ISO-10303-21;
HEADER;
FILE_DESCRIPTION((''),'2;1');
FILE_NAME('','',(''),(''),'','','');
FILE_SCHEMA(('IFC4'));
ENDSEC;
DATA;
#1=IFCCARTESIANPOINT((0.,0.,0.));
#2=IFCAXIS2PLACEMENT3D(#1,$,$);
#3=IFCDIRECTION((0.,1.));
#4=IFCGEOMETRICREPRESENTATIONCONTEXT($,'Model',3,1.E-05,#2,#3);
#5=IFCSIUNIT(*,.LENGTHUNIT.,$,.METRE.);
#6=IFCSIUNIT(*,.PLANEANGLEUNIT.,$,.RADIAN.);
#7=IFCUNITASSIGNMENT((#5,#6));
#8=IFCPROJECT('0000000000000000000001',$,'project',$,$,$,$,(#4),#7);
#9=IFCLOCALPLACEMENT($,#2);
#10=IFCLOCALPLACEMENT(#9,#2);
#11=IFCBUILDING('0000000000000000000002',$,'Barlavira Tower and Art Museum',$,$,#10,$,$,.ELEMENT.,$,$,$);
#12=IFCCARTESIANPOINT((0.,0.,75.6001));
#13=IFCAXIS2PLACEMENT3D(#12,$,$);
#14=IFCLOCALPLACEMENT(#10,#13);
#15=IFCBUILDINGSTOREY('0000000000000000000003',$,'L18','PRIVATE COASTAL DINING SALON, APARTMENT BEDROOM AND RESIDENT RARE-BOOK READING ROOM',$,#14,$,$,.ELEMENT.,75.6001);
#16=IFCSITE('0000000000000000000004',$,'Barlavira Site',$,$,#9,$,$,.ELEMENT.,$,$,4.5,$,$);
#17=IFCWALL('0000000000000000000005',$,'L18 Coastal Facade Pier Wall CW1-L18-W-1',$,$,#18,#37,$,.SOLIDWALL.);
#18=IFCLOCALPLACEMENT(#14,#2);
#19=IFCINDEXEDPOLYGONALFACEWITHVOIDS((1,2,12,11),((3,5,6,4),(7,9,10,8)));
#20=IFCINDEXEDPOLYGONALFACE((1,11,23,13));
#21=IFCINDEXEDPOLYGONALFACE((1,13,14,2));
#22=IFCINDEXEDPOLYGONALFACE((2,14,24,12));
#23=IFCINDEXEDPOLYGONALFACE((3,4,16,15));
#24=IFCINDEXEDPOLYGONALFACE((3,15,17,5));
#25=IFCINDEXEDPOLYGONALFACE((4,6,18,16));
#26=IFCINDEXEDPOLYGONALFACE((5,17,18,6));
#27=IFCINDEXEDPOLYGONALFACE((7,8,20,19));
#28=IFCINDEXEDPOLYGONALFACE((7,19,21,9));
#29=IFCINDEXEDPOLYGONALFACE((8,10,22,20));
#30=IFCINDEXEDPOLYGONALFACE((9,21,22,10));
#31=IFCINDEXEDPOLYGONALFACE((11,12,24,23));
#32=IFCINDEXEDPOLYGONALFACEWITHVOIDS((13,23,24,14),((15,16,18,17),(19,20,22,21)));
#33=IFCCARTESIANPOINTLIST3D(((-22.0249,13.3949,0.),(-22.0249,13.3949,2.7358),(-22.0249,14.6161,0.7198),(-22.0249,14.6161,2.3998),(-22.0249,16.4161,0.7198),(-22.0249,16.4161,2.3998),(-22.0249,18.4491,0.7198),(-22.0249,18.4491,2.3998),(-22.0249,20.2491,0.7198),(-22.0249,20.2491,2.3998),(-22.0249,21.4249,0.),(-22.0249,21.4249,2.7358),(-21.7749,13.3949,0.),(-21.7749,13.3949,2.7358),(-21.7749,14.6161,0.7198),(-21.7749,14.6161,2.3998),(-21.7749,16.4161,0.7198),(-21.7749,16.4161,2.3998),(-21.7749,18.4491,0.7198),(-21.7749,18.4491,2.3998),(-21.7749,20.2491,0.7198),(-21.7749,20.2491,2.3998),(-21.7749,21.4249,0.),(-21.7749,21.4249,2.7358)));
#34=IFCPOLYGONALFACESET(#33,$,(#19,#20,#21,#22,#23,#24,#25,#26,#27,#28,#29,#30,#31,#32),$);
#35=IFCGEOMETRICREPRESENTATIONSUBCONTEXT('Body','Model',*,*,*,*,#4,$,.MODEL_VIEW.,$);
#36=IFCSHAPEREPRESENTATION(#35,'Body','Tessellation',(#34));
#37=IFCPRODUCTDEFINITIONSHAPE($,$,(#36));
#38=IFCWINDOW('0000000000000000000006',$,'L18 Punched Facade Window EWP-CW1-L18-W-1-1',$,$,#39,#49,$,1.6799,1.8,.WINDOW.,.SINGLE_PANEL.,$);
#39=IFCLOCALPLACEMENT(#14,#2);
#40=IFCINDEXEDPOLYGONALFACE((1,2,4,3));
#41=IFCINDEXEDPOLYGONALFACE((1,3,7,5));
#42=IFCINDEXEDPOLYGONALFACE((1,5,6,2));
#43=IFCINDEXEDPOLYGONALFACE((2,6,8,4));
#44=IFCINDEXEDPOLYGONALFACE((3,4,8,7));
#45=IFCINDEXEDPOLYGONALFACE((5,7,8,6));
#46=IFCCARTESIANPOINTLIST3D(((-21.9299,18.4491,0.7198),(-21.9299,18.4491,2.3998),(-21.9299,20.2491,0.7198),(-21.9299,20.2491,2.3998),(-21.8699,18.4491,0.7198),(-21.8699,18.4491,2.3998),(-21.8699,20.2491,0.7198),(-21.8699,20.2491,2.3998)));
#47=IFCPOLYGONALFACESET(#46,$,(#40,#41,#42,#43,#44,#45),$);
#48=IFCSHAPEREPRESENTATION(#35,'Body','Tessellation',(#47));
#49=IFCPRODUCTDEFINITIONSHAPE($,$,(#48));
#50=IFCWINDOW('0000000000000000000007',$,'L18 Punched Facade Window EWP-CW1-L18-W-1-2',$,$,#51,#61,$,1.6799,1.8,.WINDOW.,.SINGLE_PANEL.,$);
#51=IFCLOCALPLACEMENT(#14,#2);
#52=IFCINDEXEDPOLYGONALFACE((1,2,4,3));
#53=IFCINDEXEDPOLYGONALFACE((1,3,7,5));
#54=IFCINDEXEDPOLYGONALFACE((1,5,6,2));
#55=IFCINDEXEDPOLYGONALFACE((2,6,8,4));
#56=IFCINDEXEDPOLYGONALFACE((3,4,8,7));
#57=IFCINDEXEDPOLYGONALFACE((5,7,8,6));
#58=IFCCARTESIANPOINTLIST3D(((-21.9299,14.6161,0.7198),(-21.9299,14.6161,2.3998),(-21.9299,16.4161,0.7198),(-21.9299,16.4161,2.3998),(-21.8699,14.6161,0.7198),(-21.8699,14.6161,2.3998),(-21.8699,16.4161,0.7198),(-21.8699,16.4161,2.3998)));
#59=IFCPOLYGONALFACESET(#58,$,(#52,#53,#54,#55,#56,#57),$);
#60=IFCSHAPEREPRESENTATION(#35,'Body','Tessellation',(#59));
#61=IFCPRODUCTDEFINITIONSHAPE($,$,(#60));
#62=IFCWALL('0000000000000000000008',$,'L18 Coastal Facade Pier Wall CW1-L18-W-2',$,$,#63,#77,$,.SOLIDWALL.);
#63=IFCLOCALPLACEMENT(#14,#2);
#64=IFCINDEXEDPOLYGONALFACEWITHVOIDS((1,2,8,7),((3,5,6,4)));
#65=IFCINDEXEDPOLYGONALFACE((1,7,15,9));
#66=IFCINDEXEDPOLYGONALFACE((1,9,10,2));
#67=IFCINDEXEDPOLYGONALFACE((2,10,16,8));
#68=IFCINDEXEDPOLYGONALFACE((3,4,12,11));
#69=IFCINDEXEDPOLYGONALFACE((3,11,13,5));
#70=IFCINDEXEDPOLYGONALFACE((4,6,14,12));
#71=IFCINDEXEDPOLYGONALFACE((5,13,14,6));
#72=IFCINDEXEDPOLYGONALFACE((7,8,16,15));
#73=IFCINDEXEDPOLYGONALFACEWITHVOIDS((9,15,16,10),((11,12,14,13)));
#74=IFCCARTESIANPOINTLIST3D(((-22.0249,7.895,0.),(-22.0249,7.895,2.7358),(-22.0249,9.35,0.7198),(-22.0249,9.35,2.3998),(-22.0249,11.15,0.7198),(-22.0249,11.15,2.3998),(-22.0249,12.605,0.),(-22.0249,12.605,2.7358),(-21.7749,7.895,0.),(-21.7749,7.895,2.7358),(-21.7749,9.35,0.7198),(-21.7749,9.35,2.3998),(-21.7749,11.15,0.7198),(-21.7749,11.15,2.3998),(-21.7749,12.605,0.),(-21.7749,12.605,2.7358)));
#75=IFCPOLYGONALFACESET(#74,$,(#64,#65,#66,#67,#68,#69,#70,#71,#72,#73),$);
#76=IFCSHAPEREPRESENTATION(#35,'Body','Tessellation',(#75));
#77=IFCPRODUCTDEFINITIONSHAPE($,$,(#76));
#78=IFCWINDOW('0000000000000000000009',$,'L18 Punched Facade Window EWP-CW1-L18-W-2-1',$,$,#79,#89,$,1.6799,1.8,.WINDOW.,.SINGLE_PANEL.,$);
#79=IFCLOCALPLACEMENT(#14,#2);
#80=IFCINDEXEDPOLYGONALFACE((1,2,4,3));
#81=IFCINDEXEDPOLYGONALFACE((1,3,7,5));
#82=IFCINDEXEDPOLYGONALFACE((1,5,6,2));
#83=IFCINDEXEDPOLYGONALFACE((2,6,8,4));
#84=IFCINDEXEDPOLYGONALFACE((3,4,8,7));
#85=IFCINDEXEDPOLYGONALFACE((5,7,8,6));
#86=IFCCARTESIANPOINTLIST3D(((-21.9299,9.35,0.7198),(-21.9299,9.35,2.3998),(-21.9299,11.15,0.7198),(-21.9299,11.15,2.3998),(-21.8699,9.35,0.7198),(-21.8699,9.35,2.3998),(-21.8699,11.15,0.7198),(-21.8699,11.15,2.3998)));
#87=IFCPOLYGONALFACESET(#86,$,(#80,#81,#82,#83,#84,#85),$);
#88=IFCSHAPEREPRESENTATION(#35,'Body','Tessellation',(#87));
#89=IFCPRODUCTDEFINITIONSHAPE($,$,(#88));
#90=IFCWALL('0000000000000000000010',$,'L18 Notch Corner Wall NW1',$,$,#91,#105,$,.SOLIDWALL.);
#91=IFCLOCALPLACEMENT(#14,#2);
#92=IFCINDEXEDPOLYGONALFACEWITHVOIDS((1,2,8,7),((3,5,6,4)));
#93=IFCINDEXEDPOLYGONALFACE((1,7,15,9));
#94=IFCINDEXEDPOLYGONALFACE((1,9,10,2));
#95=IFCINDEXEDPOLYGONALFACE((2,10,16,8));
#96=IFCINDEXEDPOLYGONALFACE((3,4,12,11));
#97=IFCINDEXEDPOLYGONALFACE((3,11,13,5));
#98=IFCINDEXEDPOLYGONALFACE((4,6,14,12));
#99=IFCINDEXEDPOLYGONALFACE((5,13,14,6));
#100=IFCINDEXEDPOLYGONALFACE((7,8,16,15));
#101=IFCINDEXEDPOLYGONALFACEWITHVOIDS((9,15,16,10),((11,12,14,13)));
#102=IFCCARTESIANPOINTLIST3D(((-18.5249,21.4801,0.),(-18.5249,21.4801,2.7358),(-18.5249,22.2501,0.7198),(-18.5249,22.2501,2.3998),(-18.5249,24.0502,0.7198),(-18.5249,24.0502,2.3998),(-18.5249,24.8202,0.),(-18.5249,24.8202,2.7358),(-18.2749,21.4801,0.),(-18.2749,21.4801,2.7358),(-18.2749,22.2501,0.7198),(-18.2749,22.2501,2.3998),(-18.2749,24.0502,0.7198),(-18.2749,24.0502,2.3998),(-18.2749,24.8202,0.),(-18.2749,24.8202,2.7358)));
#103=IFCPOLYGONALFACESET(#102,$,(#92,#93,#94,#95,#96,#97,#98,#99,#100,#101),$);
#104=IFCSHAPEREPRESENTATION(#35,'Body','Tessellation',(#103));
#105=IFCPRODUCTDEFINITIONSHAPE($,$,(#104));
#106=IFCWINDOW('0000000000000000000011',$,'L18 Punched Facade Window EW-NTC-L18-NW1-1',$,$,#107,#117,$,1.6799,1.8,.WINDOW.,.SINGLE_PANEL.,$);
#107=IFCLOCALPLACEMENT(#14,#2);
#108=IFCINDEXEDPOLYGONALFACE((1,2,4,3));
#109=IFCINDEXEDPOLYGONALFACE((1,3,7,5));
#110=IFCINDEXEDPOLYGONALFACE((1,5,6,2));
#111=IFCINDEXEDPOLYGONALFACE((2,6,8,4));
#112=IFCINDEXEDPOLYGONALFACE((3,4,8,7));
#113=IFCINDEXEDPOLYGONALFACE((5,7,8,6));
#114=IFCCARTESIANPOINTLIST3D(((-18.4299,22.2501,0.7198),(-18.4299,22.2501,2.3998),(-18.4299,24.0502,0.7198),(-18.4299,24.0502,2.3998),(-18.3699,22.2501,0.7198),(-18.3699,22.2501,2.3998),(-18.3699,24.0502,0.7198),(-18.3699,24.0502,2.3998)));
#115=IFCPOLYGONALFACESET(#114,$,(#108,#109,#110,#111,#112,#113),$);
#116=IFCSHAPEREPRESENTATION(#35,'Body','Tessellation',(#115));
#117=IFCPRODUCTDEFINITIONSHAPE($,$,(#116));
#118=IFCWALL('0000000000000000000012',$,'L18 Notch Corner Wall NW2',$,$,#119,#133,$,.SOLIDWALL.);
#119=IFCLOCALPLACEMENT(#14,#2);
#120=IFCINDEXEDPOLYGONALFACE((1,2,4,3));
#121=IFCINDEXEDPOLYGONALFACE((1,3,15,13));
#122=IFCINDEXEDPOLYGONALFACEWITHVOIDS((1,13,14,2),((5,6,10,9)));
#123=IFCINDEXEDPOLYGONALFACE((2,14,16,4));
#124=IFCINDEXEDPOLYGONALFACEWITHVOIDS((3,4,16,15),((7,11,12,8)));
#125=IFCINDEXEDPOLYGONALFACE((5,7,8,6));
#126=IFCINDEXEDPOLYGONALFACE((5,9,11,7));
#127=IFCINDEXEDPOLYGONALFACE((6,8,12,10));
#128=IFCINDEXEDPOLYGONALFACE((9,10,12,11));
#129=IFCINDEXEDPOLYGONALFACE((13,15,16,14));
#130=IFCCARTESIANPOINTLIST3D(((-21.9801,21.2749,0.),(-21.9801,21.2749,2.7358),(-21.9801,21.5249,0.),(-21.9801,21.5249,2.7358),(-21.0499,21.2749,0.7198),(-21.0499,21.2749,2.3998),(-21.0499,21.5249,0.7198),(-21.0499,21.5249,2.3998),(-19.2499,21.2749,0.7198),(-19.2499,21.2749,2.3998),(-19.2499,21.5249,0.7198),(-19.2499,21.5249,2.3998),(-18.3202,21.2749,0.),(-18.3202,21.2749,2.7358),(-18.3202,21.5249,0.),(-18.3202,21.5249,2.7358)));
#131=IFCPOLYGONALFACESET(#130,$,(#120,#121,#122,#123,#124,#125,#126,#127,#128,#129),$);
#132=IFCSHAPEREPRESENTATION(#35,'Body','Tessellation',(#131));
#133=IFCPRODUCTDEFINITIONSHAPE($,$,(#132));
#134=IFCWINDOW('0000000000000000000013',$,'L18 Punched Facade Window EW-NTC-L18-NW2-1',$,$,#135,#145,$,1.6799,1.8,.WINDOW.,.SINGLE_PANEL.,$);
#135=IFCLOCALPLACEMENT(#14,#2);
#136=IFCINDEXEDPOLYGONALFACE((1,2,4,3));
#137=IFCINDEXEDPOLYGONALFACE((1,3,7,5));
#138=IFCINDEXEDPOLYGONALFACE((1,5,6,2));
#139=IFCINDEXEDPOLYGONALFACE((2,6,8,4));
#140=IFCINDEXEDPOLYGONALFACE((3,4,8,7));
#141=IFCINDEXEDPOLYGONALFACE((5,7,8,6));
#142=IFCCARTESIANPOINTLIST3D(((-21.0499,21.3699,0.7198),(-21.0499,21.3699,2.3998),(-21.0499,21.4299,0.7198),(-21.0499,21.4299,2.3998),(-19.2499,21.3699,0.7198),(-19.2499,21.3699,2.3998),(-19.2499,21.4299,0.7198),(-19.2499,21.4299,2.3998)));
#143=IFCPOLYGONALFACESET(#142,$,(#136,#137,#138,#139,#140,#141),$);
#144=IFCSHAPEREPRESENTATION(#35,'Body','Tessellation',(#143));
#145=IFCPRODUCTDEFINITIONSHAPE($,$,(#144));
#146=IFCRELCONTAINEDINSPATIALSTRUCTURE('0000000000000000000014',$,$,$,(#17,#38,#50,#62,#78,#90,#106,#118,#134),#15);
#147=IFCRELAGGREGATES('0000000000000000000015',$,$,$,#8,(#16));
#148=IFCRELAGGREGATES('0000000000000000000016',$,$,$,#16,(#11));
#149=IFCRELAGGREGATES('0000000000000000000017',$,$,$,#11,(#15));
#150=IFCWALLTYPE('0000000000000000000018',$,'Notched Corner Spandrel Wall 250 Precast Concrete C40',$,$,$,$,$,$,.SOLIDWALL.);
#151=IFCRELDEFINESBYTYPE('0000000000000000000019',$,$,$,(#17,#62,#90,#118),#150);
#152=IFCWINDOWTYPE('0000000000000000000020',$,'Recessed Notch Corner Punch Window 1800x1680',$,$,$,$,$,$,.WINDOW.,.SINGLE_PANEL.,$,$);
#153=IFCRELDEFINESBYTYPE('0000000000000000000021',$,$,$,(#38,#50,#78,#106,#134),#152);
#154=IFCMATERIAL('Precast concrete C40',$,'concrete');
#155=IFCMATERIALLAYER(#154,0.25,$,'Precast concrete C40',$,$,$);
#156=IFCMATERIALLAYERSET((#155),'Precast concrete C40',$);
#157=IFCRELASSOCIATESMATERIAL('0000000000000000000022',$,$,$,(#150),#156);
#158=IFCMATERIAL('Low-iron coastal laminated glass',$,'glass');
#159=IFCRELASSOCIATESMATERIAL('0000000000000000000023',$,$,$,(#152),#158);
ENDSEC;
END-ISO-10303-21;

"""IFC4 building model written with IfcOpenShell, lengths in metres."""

from ifc_helpers import new_model, si_unit, direction, frame, frame_2d, origin, place, context, subcontext, project, spatial, rectangle, extrude, material, layer, layer_set, type_object, element, fill, save


model = new_model("IFC4")

# Units and contexts
model_context = context("Model", 3, precision=1e-05, world=origin(), true_north=direction((0.0, 1.0)))
body_context = subcontext(model_context, "Body", "Model", "MODEL_VIEW")
ifc_project = project(units=[si_unit("LENGTHUNIT", "METRE"), si_unit("PLANEANGLEUNIT", "RADIAN")], contexts=[model_context])

# Site, building, storey
site_placement = place(None, origin())
site = spatial("IfcSite", under=ifc_project, at=site_placement, Name="Barlavira Site", CompositionType="ELEMENT", RefElevation=4.5)
building_placement = place(site_placement, origin())
building = spatial("IfcBuilding", under=site, at=building_placement, Name="Barlavira Tower and Art Museum", CompositionType="ELEMENT")
storey_placement = place(building_placement, frame((0.0, 0.0, 75.6001)))
storey = spatial("IfcBuildingStorey", under=building, at=storey_placement, Name="L18", Description="PRIVATE COASTAL DINING SALON, APARTMENT BEDROOM AND RESIDENT RARE-BOOK READING ROOM", CompositionType="ELEMENT", Elevation=75.6001)

# Wall, openings, windows
ifc_material_1 = material(Name="Precast concrete C40", Category="concrete")
ifc_layer_1 = layer(ifc_material_1, 0.25, Name="Precast concrete C40")
ifc_layer_set_1 = layer_set([ifc_layer_1], Name="Precast concrete C40")
wall_type_1 = type_object("IfcWallType", Name="Notched Corner Spandrel Wall 250 Precast Concrete C40", PredefinedType="SOLIDWALL", material=ifc_layer_set_1)
ifc_material_2 = material(Name="Low-iron coastal laminated glass", Category="glass")
window_type = type_object("IfcWindowType", Name="Recessed Notch Corner Punch Window 1800x1680", PartitioningType="SINGLE_PANEL", PredefinedType="WINDOW", material=ifc_material_2)
wall_1_placement = place(storey_placement, frame((-21.8999, 21.425, 0.0), z_axis=(0.0, 0.0, 1.0), x_axis=(0.0, -1.0, 0.0)))
wall_1 = element("IfcWall", 1, at=wall_1_placement, inside=storey, type_object=wall_type_1, Name="L18 Coastal Facade Pier Wall CW1-L18-W-1", PredefinedType="SOLIDWALL", context=body_context, shape_type="SweptSolid", body=[
    extrude(rectangle(XDim=8.03, YDim=0.25, at=frame_2d((4.0151, 0.0))), origin(), (0.0, 0.0, 1.0), 2.7358),
])
opening_1_placement = place(wall_1_placement, frame((1.176, 0.0, 0.72)))
opening_1 = element("IfcOpeningElement", 2, at=opening_1_placement, cuts=wall_1, PredefinedType="OPENING", context=body_context, shape_type="SweptSolid", body=[
    extrude(rectangle(XDim=1.8, YDim=1.6799, at=frame_2d((0.8999, 0.8398))), frame((0.0, 0.135, 0.0), z_axis=(0.0, -1.0, 0.0), x_axis=(1.0, 0.0, 0.0)), (0.0, 0.0, 1.0), 0.27),
])
opening_2_placement = place(wall_1_placement, frame((5.009, 0.0, 0.72)))
opening_2 = element("IfcOpeningElement", 3, at=opening_2_placement, cuts=wall_1, PredefinedType="OPENING", context=body_context, shape_type="SweptSolid", body=[
    extrude(rectangle(XDim=1.8, YDim=1.6799, at=frame_2d((0.8999, 0.8398))), frame((0.0, 0.135, 0.0), z_axis=(0.0, -1.0, 0.0), x_axis=(1.0, 0.0, 0.0)), (0.0, 0.0, 1.0), 0.27),
])
window_1_placement = place(opening_1_placement, origin())
window_1 = element("IfcWindow", 4, at=window_1_placement, inside=storey, type_object=window_type, Name="L18 Punched Facade Window EWP-CW1-L18-W-1-1", OverallHeight=1.6799, OverallWidth=1.8, PartitioningType="SINGLE_PANEL", PredefinedType="WINDOW", context=body_context, shape_type="SweptSolid", body=[
    extrude(rectangle(XDim=1.8, YDim=1.6799, at=frame_2d((0.8999, 0.8398))), frame((0.0, 0.03, 0.0), z_axis=(0.0, -1.0, 0.0), x_axis=(1.0, 0.0, 0.0)), (0.0, 0.0, 1.0), 0.0601),
])
fill(opening_1, window_1)
window_2_placement = place(opening_2_placement, origin())
window_2 = element("IfcWindow", 5, at=window_2_placement, inside=storey, type_object=window_type, Name="L18 Punched Facade Window EWP-CW1-L18-W-1-2", OverallHeight=1.6799, OverallWidth=1.8, PartitioningType="SINGLE_PANEL", PredefinedType="WINDOW", context=body_context, shape_type="SweptSolid", body=[
    extrude(rectangle(XDim=1.8, YDim=1.6799, at=frame_2d((0.8999, 0.8398))), frame((0.0, 0.03, 0.0), z_axis=(0.0, -1.0, 0.0), x_axis=(1.0, 0.0, 0.0)), (0.0, 0.0, 1.0), 0.0601),
])
fill(opening_2, window_2)

# Walls, openings, windows
wall_2_placement = place(storey_placement, frame((-21.8999, 12.605, 0.0), z_axis=(0.0, 0.0, 1.0), x_axis=(0.0, -1.0, 0.0)))
wall_2 = element("IfcWall", 6, at=wall_2_placement, inside=storey, type_object=wall_type_1, Name="L18 Coastal Facade Pier Wall CW1-L18-W-2", PredefinedType="SOLIDWALL", context=body_context, shape_type="SweptSolid", body=[
    extrude(rectangle(XDim=4.71, YDim=0.25, at=frame_2d((2.355, 0.0))), origin(), (0.0, 0.0, 1.0), 2.7358),
])
opening_3_placement = place(wall_2_placement, frame((1.4551, 0.0, 0.72)))
opening_3 = element("IfcOpeningElement", 7, at=opening_3_placement, cuts=wall_2, PredefinedType="OPENING", context=body_context, shape_type="SweptSolid", body=[
    extrude(rectangle(XDim=1.8, YDim=1.6799, at=frame_2d((0.8999, 0.8398))), frame((0.0, 0.135, 0.0), z_axis=(0.0, -1.0, 0.0), x_axis=(1.0, 0.0, 0.0)), (0.0, 0.0, 1.0), 0.27),
])
window_3_placement = place(opening_3_placement, origin())
window_3 = element("IfcWindow", 8, at=window_3_placement, inside=storey, type_object=window_type, Name="L18 Punched Facade Window EWP-CW1-L18-W-2-1", OverallHeight=1.6799, OverallWidth=1.8, PartitioningType="SINGLE_PANEL", PredefinedType="WINDOW", context=body_context, shape_type="SweptSolid", body=[
    extrude(rectangle(XDim=1.8, YDim=1.6799, at=frame_2d((0.8999, 0.8398))), frame((0.0, 0.03, 0.0), z_axis=(0.0, -1.0, 0.0), x_axis=(1.0, 0.0, 0.0)), (0.0, 0.0, 1.0), 0.0601),
])
fill(opening_3, window_3)
wall_3_placement = place(storey_placement, frame((-18.3999, 24.8201, 0.0), z_axis=(0.0, 0.0, 1.0), x_axis=(0.0, -1.0, 0.0)))
wall_3 = element("IfcWall", 9, at=wall_3_placement, inside=storey, type_object=wall_type_1, Name="L18 Notch Corner Wall NW1", PredefinedType="SOLIDWALL", context=body_context, shape_type="SweptSolid", body=[
    extrude(rectangle(XDim=3.3401, YDim=0.25, at=frame_2d((1.6699, 0.0))), origin(), (0.0, 0.0, 1.0), 2.7358),
])
opening_4_placement = place(wall_3_placement, frame((0.77, 0.0, 0.72)))
opening_4 = element("IfcOpeningElement", 10, at=opening_4_placement, cuts=wall_3, PredefinedType="OPENING", context=body_context, shape_type="SweptSolid", body=[
    extrude(rectangle(XDim=1.8, YDim=1.6799, at=frame_2d((0.8999, 0.8398))), frame((0.0, 0.135, 0.0), z_axis=(0.0, -1.0, 0.0), x_axis=(1.0, 0.0, 0.0)), (0.0, 0.0, 1.0), 0.27),
])
window_4_placement = place(opening_4_placement, origin())
window_4 = element("IfcWindow", 11, at=window_4_placement, inside=storey, type_object=window_type, Name="L18 Punched Facade Window EW-NTC-L18-NW1-1", OverallHeight=1.6799, OverallWidth=1.8, PartitioningType="SINGLE_PANEL", PredefinedType="WINDOW", context=body_context, shape_type="SweptSolid", body=[
    extrude(rectangle(XDim=1.8, YDim=1.6799, at=frame_2d((0.8999, 0.8398))), frame((0.0, 0.03, 0.0), z_axis=(0.0, -1.0, 0.0), x_axis=(1.0, 0.0, 0.0)), (0.0, 0.0, 1.0), 0.0601),
])
fill(opening_4, window_4)
wall_4_placement = place(storey_placement, frame((-18.3201, 21.3999, 0.0), z_axis=(0.0, 0.0, 1.0), x_axis=(-1.0, 0.0, 0.0)))
wall_4 = element("IfcWall", 12, at=wall_4_placement, inside=storey, type_object=wall_type_1, Name="L18 Notch Corner Wall NW2", PredefinedType="SOLIDWALL", context=body_context, shape_type="SweptSolid", body=[
    extrude(rectangle(XDim=3.6599, YDim=0.25, at=frame_2d((1.8301, 0.0))), origin(), (0.0, 0.0, 1.0), 2.7358),
])
opening_5_placement = place(wall_4_placement, frame((0.9299, 0.0, 0.72)))
opening_5 = element("IfcOpeningElement", 13, at=opening_5_placement, cuts=wall_4, PredefinedType="OPENING", context=body_context, shape_type="SweptSolid", body=[
    extrude(rectangle(XDim=1.8, YDim=1.6799, at=frame_2d((0.8999, 0.8398))), frame((0.0, 0.135, 0.0), z_axis=(0.0, -1.0, 0.0), x_axis=(1.0, 0.0, 0.0)), (0.0, 0.0, 1.0), 0.27),
])
window_5_placement = place(opening_5_placement, origin())
window_5 = element("IfcWindow", 14, at=window_5_placement, inside=storey, type_object=window_type, Name="L18 Punched Facade Window EW-NTC-L18-NW2-1", OverallHeight=1.6799, OverallWidth=1.8, PartitioningType="SINGLE_PANEL", PredefinedType="WINDOW", context=body_context, shape_type="SweptSolid", body=[
    extrude(rectangle(XDim=1.8, YDim=1.6799, at=frame_2d((0.8999, 0.8398))), frame((0.0, 0.03, 0.0), z_axis=(0.0, -1.0, 0.0), x_axis=(1.0, 0.0, 0.0)), (0.0, 0.0, 1.0), 0.0601),
])
fill(opening_5, window_5)

save(model, "model.ifc")
